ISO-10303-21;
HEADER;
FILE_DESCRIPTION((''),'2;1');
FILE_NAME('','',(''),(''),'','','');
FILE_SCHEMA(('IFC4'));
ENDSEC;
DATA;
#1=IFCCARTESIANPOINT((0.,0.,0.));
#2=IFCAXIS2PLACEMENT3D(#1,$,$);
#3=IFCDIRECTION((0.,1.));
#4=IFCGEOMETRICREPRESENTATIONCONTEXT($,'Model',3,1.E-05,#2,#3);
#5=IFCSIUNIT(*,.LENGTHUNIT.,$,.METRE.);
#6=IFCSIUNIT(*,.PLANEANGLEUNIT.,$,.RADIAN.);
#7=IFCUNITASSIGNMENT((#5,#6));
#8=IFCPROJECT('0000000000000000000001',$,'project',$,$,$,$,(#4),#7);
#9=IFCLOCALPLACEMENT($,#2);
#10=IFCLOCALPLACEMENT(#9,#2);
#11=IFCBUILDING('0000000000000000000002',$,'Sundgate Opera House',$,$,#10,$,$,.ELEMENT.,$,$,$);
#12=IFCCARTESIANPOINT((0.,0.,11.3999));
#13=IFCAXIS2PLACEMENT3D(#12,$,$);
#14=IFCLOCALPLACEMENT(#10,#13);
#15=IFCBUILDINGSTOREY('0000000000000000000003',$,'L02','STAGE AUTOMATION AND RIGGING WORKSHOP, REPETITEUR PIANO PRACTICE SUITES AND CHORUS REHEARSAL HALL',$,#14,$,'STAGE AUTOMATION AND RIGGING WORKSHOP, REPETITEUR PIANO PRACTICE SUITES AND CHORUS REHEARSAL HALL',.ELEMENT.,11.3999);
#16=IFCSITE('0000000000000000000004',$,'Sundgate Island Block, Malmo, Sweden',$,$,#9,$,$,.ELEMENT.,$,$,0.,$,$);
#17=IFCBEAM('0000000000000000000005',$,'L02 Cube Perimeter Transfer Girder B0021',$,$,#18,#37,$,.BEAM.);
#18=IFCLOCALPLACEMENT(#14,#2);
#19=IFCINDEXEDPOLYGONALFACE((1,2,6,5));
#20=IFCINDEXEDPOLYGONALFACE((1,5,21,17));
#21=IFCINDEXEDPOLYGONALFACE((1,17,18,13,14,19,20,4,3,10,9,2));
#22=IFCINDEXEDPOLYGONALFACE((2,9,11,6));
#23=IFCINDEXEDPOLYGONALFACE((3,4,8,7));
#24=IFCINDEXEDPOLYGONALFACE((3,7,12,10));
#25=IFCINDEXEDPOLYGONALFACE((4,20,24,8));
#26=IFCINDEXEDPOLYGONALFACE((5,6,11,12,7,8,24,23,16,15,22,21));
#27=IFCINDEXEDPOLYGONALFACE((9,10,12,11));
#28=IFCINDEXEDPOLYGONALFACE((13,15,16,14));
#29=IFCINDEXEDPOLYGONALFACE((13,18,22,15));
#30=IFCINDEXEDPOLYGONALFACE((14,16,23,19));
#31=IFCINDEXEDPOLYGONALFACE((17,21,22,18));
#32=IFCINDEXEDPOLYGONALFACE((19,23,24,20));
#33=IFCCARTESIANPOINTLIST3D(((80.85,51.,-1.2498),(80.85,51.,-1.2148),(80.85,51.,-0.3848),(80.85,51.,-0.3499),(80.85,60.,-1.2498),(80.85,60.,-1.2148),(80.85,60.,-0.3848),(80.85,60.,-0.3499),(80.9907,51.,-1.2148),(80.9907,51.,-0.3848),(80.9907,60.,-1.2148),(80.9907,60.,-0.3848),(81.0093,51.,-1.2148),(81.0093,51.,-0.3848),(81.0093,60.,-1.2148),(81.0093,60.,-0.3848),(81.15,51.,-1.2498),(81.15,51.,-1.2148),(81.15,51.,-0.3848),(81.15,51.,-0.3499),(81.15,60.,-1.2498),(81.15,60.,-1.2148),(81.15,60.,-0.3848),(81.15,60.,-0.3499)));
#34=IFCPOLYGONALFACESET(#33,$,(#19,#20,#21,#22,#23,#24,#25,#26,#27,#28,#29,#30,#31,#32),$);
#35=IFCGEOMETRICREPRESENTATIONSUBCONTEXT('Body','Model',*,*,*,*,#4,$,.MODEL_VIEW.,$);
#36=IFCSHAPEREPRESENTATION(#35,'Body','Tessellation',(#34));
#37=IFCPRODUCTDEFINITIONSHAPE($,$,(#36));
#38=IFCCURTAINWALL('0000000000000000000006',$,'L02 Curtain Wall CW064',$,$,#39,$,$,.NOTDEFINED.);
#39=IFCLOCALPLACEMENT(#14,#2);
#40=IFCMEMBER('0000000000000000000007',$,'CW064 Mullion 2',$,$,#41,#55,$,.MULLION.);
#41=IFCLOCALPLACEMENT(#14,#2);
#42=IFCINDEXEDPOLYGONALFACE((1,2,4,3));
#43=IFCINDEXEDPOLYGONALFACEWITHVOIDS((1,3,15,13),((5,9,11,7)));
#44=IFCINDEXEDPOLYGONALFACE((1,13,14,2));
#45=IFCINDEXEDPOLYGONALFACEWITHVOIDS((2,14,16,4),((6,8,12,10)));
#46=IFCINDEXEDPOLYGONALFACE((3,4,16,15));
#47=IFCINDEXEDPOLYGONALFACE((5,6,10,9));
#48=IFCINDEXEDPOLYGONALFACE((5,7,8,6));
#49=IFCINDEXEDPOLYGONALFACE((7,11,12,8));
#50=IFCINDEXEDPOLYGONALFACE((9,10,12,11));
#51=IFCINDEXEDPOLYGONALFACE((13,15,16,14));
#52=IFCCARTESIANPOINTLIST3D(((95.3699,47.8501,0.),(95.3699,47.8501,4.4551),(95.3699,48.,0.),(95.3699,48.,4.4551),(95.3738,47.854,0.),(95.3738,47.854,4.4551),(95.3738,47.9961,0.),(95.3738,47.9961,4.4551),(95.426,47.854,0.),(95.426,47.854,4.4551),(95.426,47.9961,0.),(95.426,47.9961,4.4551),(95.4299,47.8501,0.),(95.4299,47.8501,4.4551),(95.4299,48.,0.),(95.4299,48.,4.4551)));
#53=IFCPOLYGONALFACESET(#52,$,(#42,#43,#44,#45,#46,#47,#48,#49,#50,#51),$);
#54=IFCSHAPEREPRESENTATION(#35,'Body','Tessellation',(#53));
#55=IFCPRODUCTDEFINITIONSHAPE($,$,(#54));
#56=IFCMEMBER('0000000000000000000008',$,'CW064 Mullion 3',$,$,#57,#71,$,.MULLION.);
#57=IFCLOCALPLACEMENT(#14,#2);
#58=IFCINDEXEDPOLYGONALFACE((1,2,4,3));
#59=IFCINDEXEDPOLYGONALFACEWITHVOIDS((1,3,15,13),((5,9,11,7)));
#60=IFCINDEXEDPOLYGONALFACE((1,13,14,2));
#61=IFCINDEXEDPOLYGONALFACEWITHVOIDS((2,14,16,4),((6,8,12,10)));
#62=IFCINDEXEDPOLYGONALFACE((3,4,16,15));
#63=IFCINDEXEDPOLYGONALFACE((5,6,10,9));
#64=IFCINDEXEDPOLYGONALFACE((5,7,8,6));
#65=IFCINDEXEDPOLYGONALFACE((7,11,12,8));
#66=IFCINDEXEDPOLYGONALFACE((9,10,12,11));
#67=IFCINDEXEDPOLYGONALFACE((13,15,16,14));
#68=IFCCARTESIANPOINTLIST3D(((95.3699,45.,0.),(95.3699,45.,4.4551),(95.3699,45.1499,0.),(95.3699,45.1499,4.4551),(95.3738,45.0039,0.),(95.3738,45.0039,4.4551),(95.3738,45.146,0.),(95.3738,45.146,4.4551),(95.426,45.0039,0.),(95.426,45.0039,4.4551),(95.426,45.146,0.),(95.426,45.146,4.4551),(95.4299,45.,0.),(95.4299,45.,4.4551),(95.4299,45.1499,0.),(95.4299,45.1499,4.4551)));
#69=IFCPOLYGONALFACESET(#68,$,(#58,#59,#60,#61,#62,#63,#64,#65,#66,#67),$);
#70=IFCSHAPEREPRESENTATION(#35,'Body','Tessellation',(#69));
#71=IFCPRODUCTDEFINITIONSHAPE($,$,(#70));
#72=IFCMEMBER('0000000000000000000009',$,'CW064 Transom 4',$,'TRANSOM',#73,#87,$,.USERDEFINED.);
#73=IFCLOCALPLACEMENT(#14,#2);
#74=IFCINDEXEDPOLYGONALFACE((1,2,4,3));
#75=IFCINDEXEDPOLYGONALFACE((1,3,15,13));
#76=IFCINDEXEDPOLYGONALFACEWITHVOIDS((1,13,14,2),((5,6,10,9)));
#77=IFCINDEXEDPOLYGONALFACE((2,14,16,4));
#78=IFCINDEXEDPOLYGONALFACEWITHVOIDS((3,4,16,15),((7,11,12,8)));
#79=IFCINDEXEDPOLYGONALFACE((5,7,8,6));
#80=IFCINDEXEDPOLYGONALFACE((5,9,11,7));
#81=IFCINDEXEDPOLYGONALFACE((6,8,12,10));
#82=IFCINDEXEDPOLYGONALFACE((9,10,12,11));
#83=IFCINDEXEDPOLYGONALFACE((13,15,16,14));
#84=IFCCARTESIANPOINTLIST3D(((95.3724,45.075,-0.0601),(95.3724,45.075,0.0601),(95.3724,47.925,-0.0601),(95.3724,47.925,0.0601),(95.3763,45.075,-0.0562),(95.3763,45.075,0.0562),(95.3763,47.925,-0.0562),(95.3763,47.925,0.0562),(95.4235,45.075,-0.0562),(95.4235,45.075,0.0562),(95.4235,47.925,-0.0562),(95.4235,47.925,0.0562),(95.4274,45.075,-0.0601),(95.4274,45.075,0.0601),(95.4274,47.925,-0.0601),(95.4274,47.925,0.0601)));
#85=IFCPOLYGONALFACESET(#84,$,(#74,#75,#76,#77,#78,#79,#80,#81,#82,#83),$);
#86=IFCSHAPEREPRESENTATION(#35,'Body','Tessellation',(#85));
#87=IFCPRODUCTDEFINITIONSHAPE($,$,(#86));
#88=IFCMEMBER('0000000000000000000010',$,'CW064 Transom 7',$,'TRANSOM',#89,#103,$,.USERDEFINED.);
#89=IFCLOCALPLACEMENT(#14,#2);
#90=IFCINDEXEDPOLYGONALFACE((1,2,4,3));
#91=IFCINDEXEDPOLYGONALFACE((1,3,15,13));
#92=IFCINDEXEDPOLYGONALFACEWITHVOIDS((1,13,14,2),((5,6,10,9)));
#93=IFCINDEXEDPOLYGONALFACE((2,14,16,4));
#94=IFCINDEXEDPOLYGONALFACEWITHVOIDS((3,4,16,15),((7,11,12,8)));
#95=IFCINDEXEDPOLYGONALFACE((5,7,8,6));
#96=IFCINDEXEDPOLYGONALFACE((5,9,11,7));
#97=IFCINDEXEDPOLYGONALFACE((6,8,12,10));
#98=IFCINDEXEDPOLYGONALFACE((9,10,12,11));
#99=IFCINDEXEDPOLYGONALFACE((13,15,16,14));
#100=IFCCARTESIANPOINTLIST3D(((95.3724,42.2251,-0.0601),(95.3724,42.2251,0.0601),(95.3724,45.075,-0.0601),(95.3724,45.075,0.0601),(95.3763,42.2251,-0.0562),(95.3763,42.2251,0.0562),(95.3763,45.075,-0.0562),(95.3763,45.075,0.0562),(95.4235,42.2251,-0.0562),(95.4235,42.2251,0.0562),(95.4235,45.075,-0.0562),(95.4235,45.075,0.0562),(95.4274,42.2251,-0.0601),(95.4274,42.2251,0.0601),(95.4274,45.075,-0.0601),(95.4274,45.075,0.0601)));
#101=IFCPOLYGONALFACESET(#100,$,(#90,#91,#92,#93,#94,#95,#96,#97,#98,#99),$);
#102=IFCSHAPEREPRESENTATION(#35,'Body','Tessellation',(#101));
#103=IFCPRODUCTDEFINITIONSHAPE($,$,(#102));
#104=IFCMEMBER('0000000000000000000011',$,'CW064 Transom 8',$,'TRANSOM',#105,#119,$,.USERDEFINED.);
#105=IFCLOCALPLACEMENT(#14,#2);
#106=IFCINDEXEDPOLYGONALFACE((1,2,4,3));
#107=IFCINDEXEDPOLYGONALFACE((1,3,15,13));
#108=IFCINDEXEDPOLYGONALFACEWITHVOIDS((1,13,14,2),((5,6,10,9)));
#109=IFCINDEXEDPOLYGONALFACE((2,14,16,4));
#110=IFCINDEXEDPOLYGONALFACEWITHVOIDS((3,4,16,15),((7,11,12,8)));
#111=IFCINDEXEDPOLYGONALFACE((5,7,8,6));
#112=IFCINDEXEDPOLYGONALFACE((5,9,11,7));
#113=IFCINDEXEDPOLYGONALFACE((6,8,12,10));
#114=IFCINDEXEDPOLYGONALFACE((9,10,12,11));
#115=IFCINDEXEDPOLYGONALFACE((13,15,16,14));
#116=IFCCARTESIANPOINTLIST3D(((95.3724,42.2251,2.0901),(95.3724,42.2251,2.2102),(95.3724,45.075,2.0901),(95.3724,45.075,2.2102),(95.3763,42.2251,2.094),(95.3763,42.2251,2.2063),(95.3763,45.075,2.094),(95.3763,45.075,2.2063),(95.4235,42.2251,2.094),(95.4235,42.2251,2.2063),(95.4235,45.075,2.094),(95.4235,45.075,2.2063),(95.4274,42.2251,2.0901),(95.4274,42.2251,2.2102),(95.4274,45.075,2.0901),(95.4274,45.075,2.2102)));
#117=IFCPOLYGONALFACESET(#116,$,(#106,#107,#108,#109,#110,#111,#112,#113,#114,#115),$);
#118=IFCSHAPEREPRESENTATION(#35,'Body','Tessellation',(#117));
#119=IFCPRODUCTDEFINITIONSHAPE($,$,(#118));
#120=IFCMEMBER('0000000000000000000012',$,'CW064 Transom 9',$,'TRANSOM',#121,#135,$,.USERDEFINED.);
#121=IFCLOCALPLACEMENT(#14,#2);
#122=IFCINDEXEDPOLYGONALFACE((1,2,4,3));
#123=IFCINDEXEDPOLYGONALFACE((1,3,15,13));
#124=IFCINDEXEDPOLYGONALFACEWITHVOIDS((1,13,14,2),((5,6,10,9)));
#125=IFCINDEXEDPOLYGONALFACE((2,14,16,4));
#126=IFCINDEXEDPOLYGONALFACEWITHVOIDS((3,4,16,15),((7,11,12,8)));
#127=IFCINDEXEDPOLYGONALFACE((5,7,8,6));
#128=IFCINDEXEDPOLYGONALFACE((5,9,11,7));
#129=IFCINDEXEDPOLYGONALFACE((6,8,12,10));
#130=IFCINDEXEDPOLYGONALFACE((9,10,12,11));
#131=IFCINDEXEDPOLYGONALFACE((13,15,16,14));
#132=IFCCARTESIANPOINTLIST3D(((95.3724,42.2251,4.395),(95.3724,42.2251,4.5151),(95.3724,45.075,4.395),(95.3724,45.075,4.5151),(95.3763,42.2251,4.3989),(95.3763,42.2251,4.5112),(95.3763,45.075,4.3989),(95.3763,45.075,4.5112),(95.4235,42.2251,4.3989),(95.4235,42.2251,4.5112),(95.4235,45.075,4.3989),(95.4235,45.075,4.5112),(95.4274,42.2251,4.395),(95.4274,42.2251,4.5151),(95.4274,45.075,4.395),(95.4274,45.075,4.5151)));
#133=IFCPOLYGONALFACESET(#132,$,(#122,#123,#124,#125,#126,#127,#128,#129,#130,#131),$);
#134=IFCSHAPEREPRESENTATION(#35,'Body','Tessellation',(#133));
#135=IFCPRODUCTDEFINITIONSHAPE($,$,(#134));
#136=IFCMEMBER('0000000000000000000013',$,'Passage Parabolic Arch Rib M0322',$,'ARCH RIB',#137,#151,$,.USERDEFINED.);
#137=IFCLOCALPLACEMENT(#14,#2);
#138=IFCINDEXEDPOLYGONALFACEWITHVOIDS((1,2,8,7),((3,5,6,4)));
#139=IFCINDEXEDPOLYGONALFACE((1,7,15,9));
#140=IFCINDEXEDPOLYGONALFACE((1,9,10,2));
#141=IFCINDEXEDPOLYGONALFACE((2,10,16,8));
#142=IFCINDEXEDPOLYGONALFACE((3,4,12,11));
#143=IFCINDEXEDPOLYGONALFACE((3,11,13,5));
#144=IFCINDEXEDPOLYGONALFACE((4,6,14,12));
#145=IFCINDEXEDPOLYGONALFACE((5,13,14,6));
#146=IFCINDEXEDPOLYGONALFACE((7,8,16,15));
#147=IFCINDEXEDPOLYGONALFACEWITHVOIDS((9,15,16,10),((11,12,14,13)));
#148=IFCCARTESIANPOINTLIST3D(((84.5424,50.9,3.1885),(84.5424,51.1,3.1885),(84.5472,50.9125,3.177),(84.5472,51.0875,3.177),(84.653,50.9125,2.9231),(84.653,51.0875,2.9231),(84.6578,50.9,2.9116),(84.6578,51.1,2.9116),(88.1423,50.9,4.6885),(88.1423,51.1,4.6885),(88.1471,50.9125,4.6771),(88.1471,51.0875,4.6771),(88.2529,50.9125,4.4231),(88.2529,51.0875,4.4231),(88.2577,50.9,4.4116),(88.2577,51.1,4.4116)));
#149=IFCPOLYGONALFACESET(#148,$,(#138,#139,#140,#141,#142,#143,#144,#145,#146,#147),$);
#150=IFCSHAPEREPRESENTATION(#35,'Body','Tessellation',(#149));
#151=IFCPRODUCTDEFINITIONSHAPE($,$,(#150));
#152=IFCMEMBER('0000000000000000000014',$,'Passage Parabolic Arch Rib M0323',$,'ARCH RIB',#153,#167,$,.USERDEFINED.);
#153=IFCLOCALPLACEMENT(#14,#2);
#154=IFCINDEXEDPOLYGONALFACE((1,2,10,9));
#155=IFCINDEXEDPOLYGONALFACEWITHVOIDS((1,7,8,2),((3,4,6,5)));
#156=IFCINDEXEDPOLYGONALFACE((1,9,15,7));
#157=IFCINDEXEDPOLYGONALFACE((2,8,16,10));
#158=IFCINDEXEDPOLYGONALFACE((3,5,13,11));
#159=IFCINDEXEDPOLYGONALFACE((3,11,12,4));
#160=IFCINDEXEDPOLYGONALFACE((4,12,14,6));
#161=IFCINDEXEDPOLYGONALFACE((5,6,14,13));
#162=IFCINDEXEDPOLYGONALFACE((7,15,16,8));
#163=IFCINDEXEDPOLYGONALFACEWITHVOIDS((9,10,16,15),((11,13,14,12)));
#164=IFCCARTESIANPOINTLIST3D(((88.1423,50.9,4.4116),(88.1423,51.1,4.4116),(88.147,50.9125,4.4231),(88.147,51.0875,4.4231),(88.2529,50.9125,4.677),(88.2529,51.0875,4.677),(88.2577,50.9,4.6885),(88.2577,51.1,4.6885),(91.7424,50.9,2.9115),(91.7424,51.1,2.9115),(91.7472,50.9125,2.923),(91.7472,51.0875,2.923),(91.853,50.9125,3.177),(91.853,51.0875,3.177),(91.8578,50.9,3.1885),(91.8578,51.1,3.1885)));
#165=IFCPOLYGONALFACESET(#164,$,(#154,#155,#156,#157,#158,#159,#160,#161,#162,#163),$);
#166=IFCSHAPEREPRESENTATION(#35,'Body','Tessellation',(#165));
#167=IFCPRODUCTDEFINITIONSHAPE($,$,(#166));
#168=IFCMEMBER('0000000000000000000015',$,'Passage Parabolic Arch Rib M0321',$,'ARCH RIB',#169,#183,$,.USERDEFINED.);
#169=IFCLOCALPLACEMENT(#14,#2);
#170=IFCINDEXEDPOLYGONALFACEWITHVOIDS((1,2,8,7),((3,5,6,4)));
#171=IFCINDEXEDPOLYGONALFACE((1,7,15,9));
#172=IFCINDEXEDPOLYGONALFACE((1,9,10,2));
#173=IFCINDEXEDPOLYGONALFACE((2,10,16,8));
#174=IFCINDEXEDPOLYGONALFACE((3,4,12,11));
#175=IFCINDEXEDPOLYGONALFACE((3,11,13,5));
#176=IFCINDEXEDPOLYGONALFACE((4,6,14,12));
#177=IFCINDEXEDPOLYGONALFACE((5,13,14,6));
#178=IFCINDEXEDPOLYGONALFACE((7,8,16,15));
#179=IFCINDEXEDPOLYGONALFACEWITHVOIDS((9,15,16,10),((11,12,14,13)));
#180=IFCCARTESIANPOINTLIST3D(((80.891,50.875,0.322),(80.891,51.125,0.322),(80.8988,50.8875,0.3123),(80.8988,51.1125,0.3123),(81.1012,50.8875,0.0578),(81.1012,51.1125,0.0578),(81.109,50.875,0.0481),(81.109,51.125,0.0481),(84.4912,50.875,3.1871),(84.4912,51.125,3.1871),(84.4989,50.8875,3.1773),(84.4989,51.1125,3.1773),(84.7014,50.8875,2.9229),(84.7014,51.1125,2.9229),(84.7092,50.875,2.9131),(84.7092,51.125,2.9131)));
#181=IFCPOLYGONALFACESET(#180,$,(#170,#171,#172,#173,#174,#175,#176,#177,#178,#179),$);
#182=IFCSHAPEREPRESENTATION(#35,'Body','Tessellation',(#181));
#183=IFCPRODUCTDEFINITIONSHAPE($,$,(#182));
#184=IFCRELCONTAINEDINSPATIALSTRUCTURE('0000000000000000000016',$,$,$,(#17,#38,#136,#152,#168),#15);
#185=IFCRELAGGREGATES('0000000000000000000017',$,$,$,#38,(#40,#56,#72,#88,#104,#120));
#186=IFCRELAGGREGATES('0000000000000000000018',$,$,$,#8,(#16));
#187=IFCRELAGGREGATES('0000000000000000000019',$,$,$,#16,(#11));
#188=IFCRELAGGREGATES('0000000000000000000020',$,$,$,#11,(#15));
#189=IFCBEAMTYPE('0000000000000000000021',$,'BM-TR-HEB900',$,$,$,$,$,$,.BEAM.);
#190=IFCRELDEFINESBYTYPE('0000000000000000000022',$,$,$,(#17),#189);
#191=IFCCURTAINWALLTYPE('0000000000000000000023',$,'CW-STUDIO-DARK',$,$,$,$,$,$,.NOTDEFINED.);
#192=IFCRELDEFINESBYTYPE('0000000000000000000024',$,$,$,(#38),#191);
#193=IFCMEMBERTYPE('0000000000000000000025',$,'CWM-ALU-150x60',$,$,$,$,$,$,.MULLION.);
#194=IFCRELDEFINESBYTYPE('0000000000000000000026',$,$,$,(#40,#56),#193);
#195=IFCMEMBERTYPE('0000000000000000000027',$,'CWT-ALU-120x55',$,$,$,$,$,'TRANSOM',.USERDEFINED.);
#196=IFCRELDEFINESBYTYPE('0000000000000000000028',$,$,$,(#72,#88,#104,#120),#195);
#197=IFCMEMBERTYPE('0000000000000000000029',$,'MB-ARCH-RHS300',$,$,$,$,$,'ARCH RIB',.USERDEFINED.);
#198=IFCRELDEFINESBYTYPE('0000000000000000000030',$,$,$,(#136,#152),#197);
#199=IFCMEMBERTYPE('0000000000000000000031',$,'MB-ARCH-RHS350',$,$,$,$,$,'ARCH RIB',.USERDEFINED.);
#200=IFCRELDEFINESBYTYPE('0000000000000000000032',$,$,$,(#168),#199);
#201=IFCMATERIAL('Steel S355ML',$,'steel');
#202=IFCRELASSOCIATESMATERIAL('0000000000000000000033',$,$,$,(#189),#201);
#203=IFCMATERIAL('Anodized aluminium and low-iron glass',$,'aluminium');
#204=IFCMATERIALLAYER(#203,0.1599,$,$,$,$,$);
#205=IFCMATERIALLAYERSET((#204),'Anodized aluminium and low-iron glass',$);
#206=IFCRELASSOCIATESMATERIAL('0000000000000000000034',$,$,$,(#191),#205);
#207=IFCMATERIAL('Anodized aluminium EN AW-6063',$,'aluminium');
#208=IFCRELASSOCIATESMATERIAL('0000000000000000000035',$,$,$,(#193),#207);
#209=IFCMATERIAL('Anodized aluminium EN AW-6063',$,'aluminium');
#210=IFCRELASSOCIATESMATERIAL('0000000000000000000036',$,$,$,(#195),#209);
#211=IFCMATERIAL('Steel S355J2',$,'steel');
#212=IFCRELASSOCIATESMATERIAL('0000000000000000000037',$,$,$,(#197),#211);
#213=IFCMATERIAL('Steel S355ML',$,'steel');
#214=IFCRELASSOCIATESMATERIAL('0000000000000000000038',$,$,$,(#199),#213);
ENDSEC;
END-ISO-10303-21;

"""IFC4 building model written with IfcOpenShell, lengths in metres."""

from ifc_helpers import new_model, si_unit, direction, frame, origin, origin_2d, place, context, subcontext, project, spatial, hollow_rectangle, i_section, extrude, material, layer, layer_set, material_profile, profile_set, type_object, element, aggregate, save


model = new_model("IFC4")

# Units and contexts
model_context = context("Model", 3, precision=1e-05, world=origin(), true_north=direction((0.0, 1.0)))
body_context = subcontext(model_context, "Body", "Model", "MODEL_VIEW")
ifc_project = project(units=[si_unit("LENGTHUNIT", "METRE"), si_unit("PLANEANGLEUNIT", "RADIAN")], contexts=[model_context])

# Site, building, storey
site_placement = place(None, origin())
site = spatial("IfcSite", under=ifc_project, at=site_placement, Name="Sundgate Island Block, Malmo, Sweden", CompositionType="ELEMENT", RefElevation=0.0)
building_placement = place(site_placement, origin())
building = spatial("IfcBuilding", under=site, at=building_placement, Name="Sundgate Opera House", CompositionType="ELEMENT")
storey_placement = place(building_placement, frame((0.0, 0.0, 11.3999)))
storey = spatial("IfcBuildingStorey", under=building, at=storey_placement, Name="L02", Description="STAGE AUTOMATION AND RIGGING WORKSHOP, REPETITEUR PIANO PRACTICE SUITES AND CHORUS REHEARSAL HALL", LongName="STAGE AUTOMATION AND RIGGING WORKSHOP, REPETITEUR PIANO PRACTICE SUITES AND CHORUS REHEARSAL HALL", CompositionType="ELEMENT", Elevation=11.3999)

# Beam
ifc_material_1 = material(Name="Steel S355ML", Category="steel")
ifc_material_profile_1 = material_profile(ifc_material_1, i_section(OverallWidth=0.3, OverallDepth=0.8999, WebThickness=0.0186, FlangeThickness=0.0349, at=origin_2d()), Name="HEB 900")
ifc_profile_set_1 = profile_set([ifc_material_profile_1], Name="Steel S355ML")
beam_type = type_object("IfcBeamType", Name="BM-TR-HEB900", PredefinedType="BEAM", material=ifc_profile_set_1)
beam_placement = place(storey_placement, frame((81.0, 51.0, -0.7998), z_axis=(0.0, 1.0, 0.0), x_axis=(-1.0, 0.0, 0.0)))
element("IfcBeam", 1, at=beam_placement, inside=storey, type_object=beam_type, Name="L02 Cube Perimeter Transfer Girder B0021", PredefinedType="BEAM", context=body_context, shape_type="SweptSolid", body=[
    extrude(i_section(OverallWidth=0.3, OverallDepth=0.8999, WebThickness=0.0186, FlangeThickness=0.0349, at=origin_2d()), origin(), (0.0, 0.0, 1.0), 9.0),
])

# Curtain wall, members
ifc_material_2 = material(Name="Anodized aluminium and low-iron glass", Category="aluminium")
ifc_layer_1 = layer(ifc_material_2, 0.1599)
ifc_layer_set_1 = layer_set([ifc_layer_1], Name="Anodized aluminium and low-iron glass")
curtain_wall_type = type_object("IfcCurtainWallType", Name="CW-STUDIO-DARK", PredefinedType="NOTDEFINED", material=ifc_layer_set_1)
curtain_wall_placement = place(storey_placement, origin())
curtain_wall = element("IfcCurtainWall", 2, at=curtain_wall_placement, inside=storey, type_object=curtain_wall_type, Name="L02 Curtain Wall CW064", PredefinedType="NOTDEFINED")
ifc_material_3 = material(Name="Anodized aluminium EN AW-6063", Category="aluminium")
ifc_material_profile_2 = material_profile(ifc_material_3, hollow_rectangle(XDim=0.0601, YDim=0.1499, WallThickness=0.0039, at=origin_2d()), Name="CWM 150x60x4")
ifc_profile_set_2 = profile_set([ifc_material_profile_2], Name="Anodized aluminium EN AW-6063")
member_type_1 = type_object("IfcMemberType", Name="CWM-ALU-150x60", PredefinedType="MULLION", material=ifc_profile_set_2)
member_1_placement = place(storey_placement, frame((95.3999, 47.925, 0.0), z_axis=(0.0, 0.0, 1.0), x_axis=(1.0, 0.0, 0.0)))
member_1 = element("IfcMember", 3, at=member_1_placement, type_object=member_type_1, Name="CW064 Mullion 2", PredefinedType="MULLION", context=body_context, shape_type="SweptSolid", body=[
    extrude(hollow_rectangle(XDim=0.0601, YDim=0.1499, WallThickness=0.0039, at=origin_2d()), origin(), (0.0, 0.0, 1.0), 4.4551),
])
member_2_placement = place(storey_placement, frame((95.3999, 45.075, 0.0), z_axis=(0.0, 0.0, 1.0), x_axis=(1.0, 0.0, 0.0)))
member_2 = element("IfcMember", 4, at=member_2_placement, type_object=member_type_1, Name="CW064 Mullion 3", PredefinedType="MULLION", context=body_context, shape_type="SweptSolid", body=[
    extrude(hollow_rectangle(XDim=0.0601, YDim=0.1499, WallThickness=0.0039, at=origin_2d()), origin(), (0.0, 0.0, 1.0), 4.4551),
])
ifc_material_4 = material(Name="Anodized aluminium EN AW-6063", Category="aluminium")
ifc_material_profile_3 = material_profile(ifc_material_4, hollow_rectangle(XDim=0.0549, YDim=0.1201, WallThickness=0.0039, at=origin_2d()), Name="CWT 120x55x4")
ifc_profile_set_3 = profile_set([ifc_material_profile_3], Name="Anodized aluminium EN AW-6063")
member_type_2 = type_object("IfcMemberType", Name="CWT-ALU-120x55", ElementType="TRANSOM", PredefinedType="USERDEFINED", material=ifc_profile_set_3)
member_3_placement = place(storey_placement, frame((95.3999, 47.925, 0.0), z_axis=(0.0, -1.0, 0.0), x_axis=(1.0, 0.0, 0.0)))
member_3 = element("IfcMember", 5, at=member_3_placement, type_object=member_type_2, Name="CW064 Transom 4", ObjectType="TRANSOM", PredefinedType="USERDEFINED", context=body_context, shape_type="SweptSolid", body=[
    extrude(hollow_rectangle(XDim=0.0549, YDim=0.1201, WallThickness=0.0039, at=origin_2d()), origin(), (0.0, 0.0, 1.0), 2.8501),
])
member_4_placement = place(storey_placement, frame((95.3999, 45.075, 0.0), z_axis=(0.0, -1.0, 0.0), x_axis=(1.0, 0.0, 0.0)))
member_4 = element("IfcMember", 6, at=member_4_placement, type_object=member_type_2, Name="CW064 Transom 7", ObjectType="TRANSOM", PredefinedType="USERDEFINED", context=body_context, shape_type="SweptSolid", body=[
    extrude(hollow_rectangle(XDim=0.0549, YDim=0.1201, WallThickness=0.0039, at=origin_2d()), origin(), (0.0, 0.0, 1.0), 2.8499),
])
member_5_placement = place(storey_placement, frame((95.3999, 45.075, 2.1501), z_axis=(0.0, -1.0, 0.0), x_axis=(1.0, 0.0, 0.0)))
member_5 = element("IfcMember", 7, at=member_5_placement, type_object=member_type_2, Name="CW064 Transom 8", ObjectType="TRANSOM", PredefinedType="USERDEFINED", context=body_context, shape_type="SweptSolid", body=[
    extrude(hollow_rectangle(XDim=0.0549, YDim=0.1201, WallThickness=0.0039, at=origin_2d()), origin(), (0.0, 0.0, 1.0), 2.8499),
])
member_6_placement = place(storey_placement, frame((95.3999, 45.075, 4.4551), z_axis=(0.0, -1.0, 0.0), x_axis=(1.0, 0.0, 0.0)))
member_6 = element("IfcMember", 8, at=member_6_placement, type_object=member_type_2, Name="CW064 Transom 9", ObjectType="TRANSOM", PredefinedType="USERDEFINED", context=body_context, shape_type="SweptSolid", body=[
    extrude(hollow_rectangle(XDim=0.0549, YDim=0.1201, WallThickness=0.0039, at=origin_2d()), origin(), (0.0, 0.0, 1.0), 2.8499),
])

# Members
ifc_material_5 = material(Name="Steel S355J2", Category="steel")
ifc_material_profile_4 = material_profile(ifc_material_5, hollow_rectangle(XDim=0.2, YDim=0.3, WallThickness=0.0125, at=origin_2d()), Name="RHS 300x200x12.5")
ifc_profile_set_4 = profile_set([ifc_material_profile_4], Name="Steel S355J2")
member_type_3 = type_object("IfcMemberType", Name="MB-ARCH-RHS300", ElementType="ARCH RIB", PredefinedType="USERDEFINED", material=ifc_profile_set_4)
member_7_placement = place(storey_placement, frame((84.6001, 51.0, 3.05), z_axis=(0.923071, 0.0, 0.384629), x_axis=(0.0, 1.0, 0.0)))
element("IfcMember", 9, at=member_7_placement, inside=storey, type_object=member_type_3, Name="Passage Parabolic Arch Rib M0322", ObjectType="ARCH RIB", PredefinedType="USERDEFINED", context=body_context, shape_type="SweptSolid", body=[
    extrude(hollow_rectangle(XDim=0.2, YDim=0.3, WallThickness=0.0125, at=origin_2d()), origin(), (0.0, 0.0, 1.0), 3.8999),
])
member_8_placement = place(storey_placement, frame((88.2, 51.0, 4.55), z_axis=(0.923081, 0.0, -0.384606), x_axis=(0.0, 1.0, 0.0)))
element("IfcMember", 10, at=member_8_placement, inside=storey, type_object=member_type_3, Name="Passage Parabolic Arch Rib M0323", ObjectType="ARCH RIB", PredefinedType="USERDEFINED", context=body_context, shape_type="SweptSolid", body=[
    extrude(hollow_rectangle(XDim=0.2, YDim=0.3, WallThickness=0.0125, at=origin_2d()), origin(), (0.0, 0.0, 1.0), 3.9001),
])
ifc_material_6 = material(Name="Steel S355ML", Category="steel")
ifc_material_profile_5 = material_profile(ifc_material_6, hollow_rectangle(XDim=0.25, YDim=0.3501, WallThickness=0.0125, at=origin_2d()), Name="RHS 350x250x12.5")
ifc_profile_set_5 = profile_set([ifc_material_profile_5], Name="Steel S355ML")
member_type_4 = type_object("IfcMemberType", Name="MB-ARCH-RHS350", ElementType="ARCH RIB", PredefinedType="USERDEFINED", material=ifc_profile_set_5)
member_9_placement = place(storey_placement, frame((81.0, 51.0, 0.1851), z_axis=(0.782466, 0.0, 0.622693), x_axis=(0.0, 1.0, 0.0)))
element("IfcMember", 11, at=member_9_placement, inside=storey, type_object=member_type_4, Name="Passage Parabolic Arch Rib M0321", ObjectType="ARCH RIB", PredefinedType="USERDEFINED", context=body_context, shape_type="SweptSolid", body=[
    extrude(hollow_rectangle(XDim=0.25, YDim=0.3501, WallThickness=0.0125, at=origin_2d()), origin(), (0.0, 0.0, 1.0), 4.6011),
])

aggregate(curtain_wall, [member_1, member_2, member_3, member_4, member_5, member_6])

save(model, "model.ifc")
